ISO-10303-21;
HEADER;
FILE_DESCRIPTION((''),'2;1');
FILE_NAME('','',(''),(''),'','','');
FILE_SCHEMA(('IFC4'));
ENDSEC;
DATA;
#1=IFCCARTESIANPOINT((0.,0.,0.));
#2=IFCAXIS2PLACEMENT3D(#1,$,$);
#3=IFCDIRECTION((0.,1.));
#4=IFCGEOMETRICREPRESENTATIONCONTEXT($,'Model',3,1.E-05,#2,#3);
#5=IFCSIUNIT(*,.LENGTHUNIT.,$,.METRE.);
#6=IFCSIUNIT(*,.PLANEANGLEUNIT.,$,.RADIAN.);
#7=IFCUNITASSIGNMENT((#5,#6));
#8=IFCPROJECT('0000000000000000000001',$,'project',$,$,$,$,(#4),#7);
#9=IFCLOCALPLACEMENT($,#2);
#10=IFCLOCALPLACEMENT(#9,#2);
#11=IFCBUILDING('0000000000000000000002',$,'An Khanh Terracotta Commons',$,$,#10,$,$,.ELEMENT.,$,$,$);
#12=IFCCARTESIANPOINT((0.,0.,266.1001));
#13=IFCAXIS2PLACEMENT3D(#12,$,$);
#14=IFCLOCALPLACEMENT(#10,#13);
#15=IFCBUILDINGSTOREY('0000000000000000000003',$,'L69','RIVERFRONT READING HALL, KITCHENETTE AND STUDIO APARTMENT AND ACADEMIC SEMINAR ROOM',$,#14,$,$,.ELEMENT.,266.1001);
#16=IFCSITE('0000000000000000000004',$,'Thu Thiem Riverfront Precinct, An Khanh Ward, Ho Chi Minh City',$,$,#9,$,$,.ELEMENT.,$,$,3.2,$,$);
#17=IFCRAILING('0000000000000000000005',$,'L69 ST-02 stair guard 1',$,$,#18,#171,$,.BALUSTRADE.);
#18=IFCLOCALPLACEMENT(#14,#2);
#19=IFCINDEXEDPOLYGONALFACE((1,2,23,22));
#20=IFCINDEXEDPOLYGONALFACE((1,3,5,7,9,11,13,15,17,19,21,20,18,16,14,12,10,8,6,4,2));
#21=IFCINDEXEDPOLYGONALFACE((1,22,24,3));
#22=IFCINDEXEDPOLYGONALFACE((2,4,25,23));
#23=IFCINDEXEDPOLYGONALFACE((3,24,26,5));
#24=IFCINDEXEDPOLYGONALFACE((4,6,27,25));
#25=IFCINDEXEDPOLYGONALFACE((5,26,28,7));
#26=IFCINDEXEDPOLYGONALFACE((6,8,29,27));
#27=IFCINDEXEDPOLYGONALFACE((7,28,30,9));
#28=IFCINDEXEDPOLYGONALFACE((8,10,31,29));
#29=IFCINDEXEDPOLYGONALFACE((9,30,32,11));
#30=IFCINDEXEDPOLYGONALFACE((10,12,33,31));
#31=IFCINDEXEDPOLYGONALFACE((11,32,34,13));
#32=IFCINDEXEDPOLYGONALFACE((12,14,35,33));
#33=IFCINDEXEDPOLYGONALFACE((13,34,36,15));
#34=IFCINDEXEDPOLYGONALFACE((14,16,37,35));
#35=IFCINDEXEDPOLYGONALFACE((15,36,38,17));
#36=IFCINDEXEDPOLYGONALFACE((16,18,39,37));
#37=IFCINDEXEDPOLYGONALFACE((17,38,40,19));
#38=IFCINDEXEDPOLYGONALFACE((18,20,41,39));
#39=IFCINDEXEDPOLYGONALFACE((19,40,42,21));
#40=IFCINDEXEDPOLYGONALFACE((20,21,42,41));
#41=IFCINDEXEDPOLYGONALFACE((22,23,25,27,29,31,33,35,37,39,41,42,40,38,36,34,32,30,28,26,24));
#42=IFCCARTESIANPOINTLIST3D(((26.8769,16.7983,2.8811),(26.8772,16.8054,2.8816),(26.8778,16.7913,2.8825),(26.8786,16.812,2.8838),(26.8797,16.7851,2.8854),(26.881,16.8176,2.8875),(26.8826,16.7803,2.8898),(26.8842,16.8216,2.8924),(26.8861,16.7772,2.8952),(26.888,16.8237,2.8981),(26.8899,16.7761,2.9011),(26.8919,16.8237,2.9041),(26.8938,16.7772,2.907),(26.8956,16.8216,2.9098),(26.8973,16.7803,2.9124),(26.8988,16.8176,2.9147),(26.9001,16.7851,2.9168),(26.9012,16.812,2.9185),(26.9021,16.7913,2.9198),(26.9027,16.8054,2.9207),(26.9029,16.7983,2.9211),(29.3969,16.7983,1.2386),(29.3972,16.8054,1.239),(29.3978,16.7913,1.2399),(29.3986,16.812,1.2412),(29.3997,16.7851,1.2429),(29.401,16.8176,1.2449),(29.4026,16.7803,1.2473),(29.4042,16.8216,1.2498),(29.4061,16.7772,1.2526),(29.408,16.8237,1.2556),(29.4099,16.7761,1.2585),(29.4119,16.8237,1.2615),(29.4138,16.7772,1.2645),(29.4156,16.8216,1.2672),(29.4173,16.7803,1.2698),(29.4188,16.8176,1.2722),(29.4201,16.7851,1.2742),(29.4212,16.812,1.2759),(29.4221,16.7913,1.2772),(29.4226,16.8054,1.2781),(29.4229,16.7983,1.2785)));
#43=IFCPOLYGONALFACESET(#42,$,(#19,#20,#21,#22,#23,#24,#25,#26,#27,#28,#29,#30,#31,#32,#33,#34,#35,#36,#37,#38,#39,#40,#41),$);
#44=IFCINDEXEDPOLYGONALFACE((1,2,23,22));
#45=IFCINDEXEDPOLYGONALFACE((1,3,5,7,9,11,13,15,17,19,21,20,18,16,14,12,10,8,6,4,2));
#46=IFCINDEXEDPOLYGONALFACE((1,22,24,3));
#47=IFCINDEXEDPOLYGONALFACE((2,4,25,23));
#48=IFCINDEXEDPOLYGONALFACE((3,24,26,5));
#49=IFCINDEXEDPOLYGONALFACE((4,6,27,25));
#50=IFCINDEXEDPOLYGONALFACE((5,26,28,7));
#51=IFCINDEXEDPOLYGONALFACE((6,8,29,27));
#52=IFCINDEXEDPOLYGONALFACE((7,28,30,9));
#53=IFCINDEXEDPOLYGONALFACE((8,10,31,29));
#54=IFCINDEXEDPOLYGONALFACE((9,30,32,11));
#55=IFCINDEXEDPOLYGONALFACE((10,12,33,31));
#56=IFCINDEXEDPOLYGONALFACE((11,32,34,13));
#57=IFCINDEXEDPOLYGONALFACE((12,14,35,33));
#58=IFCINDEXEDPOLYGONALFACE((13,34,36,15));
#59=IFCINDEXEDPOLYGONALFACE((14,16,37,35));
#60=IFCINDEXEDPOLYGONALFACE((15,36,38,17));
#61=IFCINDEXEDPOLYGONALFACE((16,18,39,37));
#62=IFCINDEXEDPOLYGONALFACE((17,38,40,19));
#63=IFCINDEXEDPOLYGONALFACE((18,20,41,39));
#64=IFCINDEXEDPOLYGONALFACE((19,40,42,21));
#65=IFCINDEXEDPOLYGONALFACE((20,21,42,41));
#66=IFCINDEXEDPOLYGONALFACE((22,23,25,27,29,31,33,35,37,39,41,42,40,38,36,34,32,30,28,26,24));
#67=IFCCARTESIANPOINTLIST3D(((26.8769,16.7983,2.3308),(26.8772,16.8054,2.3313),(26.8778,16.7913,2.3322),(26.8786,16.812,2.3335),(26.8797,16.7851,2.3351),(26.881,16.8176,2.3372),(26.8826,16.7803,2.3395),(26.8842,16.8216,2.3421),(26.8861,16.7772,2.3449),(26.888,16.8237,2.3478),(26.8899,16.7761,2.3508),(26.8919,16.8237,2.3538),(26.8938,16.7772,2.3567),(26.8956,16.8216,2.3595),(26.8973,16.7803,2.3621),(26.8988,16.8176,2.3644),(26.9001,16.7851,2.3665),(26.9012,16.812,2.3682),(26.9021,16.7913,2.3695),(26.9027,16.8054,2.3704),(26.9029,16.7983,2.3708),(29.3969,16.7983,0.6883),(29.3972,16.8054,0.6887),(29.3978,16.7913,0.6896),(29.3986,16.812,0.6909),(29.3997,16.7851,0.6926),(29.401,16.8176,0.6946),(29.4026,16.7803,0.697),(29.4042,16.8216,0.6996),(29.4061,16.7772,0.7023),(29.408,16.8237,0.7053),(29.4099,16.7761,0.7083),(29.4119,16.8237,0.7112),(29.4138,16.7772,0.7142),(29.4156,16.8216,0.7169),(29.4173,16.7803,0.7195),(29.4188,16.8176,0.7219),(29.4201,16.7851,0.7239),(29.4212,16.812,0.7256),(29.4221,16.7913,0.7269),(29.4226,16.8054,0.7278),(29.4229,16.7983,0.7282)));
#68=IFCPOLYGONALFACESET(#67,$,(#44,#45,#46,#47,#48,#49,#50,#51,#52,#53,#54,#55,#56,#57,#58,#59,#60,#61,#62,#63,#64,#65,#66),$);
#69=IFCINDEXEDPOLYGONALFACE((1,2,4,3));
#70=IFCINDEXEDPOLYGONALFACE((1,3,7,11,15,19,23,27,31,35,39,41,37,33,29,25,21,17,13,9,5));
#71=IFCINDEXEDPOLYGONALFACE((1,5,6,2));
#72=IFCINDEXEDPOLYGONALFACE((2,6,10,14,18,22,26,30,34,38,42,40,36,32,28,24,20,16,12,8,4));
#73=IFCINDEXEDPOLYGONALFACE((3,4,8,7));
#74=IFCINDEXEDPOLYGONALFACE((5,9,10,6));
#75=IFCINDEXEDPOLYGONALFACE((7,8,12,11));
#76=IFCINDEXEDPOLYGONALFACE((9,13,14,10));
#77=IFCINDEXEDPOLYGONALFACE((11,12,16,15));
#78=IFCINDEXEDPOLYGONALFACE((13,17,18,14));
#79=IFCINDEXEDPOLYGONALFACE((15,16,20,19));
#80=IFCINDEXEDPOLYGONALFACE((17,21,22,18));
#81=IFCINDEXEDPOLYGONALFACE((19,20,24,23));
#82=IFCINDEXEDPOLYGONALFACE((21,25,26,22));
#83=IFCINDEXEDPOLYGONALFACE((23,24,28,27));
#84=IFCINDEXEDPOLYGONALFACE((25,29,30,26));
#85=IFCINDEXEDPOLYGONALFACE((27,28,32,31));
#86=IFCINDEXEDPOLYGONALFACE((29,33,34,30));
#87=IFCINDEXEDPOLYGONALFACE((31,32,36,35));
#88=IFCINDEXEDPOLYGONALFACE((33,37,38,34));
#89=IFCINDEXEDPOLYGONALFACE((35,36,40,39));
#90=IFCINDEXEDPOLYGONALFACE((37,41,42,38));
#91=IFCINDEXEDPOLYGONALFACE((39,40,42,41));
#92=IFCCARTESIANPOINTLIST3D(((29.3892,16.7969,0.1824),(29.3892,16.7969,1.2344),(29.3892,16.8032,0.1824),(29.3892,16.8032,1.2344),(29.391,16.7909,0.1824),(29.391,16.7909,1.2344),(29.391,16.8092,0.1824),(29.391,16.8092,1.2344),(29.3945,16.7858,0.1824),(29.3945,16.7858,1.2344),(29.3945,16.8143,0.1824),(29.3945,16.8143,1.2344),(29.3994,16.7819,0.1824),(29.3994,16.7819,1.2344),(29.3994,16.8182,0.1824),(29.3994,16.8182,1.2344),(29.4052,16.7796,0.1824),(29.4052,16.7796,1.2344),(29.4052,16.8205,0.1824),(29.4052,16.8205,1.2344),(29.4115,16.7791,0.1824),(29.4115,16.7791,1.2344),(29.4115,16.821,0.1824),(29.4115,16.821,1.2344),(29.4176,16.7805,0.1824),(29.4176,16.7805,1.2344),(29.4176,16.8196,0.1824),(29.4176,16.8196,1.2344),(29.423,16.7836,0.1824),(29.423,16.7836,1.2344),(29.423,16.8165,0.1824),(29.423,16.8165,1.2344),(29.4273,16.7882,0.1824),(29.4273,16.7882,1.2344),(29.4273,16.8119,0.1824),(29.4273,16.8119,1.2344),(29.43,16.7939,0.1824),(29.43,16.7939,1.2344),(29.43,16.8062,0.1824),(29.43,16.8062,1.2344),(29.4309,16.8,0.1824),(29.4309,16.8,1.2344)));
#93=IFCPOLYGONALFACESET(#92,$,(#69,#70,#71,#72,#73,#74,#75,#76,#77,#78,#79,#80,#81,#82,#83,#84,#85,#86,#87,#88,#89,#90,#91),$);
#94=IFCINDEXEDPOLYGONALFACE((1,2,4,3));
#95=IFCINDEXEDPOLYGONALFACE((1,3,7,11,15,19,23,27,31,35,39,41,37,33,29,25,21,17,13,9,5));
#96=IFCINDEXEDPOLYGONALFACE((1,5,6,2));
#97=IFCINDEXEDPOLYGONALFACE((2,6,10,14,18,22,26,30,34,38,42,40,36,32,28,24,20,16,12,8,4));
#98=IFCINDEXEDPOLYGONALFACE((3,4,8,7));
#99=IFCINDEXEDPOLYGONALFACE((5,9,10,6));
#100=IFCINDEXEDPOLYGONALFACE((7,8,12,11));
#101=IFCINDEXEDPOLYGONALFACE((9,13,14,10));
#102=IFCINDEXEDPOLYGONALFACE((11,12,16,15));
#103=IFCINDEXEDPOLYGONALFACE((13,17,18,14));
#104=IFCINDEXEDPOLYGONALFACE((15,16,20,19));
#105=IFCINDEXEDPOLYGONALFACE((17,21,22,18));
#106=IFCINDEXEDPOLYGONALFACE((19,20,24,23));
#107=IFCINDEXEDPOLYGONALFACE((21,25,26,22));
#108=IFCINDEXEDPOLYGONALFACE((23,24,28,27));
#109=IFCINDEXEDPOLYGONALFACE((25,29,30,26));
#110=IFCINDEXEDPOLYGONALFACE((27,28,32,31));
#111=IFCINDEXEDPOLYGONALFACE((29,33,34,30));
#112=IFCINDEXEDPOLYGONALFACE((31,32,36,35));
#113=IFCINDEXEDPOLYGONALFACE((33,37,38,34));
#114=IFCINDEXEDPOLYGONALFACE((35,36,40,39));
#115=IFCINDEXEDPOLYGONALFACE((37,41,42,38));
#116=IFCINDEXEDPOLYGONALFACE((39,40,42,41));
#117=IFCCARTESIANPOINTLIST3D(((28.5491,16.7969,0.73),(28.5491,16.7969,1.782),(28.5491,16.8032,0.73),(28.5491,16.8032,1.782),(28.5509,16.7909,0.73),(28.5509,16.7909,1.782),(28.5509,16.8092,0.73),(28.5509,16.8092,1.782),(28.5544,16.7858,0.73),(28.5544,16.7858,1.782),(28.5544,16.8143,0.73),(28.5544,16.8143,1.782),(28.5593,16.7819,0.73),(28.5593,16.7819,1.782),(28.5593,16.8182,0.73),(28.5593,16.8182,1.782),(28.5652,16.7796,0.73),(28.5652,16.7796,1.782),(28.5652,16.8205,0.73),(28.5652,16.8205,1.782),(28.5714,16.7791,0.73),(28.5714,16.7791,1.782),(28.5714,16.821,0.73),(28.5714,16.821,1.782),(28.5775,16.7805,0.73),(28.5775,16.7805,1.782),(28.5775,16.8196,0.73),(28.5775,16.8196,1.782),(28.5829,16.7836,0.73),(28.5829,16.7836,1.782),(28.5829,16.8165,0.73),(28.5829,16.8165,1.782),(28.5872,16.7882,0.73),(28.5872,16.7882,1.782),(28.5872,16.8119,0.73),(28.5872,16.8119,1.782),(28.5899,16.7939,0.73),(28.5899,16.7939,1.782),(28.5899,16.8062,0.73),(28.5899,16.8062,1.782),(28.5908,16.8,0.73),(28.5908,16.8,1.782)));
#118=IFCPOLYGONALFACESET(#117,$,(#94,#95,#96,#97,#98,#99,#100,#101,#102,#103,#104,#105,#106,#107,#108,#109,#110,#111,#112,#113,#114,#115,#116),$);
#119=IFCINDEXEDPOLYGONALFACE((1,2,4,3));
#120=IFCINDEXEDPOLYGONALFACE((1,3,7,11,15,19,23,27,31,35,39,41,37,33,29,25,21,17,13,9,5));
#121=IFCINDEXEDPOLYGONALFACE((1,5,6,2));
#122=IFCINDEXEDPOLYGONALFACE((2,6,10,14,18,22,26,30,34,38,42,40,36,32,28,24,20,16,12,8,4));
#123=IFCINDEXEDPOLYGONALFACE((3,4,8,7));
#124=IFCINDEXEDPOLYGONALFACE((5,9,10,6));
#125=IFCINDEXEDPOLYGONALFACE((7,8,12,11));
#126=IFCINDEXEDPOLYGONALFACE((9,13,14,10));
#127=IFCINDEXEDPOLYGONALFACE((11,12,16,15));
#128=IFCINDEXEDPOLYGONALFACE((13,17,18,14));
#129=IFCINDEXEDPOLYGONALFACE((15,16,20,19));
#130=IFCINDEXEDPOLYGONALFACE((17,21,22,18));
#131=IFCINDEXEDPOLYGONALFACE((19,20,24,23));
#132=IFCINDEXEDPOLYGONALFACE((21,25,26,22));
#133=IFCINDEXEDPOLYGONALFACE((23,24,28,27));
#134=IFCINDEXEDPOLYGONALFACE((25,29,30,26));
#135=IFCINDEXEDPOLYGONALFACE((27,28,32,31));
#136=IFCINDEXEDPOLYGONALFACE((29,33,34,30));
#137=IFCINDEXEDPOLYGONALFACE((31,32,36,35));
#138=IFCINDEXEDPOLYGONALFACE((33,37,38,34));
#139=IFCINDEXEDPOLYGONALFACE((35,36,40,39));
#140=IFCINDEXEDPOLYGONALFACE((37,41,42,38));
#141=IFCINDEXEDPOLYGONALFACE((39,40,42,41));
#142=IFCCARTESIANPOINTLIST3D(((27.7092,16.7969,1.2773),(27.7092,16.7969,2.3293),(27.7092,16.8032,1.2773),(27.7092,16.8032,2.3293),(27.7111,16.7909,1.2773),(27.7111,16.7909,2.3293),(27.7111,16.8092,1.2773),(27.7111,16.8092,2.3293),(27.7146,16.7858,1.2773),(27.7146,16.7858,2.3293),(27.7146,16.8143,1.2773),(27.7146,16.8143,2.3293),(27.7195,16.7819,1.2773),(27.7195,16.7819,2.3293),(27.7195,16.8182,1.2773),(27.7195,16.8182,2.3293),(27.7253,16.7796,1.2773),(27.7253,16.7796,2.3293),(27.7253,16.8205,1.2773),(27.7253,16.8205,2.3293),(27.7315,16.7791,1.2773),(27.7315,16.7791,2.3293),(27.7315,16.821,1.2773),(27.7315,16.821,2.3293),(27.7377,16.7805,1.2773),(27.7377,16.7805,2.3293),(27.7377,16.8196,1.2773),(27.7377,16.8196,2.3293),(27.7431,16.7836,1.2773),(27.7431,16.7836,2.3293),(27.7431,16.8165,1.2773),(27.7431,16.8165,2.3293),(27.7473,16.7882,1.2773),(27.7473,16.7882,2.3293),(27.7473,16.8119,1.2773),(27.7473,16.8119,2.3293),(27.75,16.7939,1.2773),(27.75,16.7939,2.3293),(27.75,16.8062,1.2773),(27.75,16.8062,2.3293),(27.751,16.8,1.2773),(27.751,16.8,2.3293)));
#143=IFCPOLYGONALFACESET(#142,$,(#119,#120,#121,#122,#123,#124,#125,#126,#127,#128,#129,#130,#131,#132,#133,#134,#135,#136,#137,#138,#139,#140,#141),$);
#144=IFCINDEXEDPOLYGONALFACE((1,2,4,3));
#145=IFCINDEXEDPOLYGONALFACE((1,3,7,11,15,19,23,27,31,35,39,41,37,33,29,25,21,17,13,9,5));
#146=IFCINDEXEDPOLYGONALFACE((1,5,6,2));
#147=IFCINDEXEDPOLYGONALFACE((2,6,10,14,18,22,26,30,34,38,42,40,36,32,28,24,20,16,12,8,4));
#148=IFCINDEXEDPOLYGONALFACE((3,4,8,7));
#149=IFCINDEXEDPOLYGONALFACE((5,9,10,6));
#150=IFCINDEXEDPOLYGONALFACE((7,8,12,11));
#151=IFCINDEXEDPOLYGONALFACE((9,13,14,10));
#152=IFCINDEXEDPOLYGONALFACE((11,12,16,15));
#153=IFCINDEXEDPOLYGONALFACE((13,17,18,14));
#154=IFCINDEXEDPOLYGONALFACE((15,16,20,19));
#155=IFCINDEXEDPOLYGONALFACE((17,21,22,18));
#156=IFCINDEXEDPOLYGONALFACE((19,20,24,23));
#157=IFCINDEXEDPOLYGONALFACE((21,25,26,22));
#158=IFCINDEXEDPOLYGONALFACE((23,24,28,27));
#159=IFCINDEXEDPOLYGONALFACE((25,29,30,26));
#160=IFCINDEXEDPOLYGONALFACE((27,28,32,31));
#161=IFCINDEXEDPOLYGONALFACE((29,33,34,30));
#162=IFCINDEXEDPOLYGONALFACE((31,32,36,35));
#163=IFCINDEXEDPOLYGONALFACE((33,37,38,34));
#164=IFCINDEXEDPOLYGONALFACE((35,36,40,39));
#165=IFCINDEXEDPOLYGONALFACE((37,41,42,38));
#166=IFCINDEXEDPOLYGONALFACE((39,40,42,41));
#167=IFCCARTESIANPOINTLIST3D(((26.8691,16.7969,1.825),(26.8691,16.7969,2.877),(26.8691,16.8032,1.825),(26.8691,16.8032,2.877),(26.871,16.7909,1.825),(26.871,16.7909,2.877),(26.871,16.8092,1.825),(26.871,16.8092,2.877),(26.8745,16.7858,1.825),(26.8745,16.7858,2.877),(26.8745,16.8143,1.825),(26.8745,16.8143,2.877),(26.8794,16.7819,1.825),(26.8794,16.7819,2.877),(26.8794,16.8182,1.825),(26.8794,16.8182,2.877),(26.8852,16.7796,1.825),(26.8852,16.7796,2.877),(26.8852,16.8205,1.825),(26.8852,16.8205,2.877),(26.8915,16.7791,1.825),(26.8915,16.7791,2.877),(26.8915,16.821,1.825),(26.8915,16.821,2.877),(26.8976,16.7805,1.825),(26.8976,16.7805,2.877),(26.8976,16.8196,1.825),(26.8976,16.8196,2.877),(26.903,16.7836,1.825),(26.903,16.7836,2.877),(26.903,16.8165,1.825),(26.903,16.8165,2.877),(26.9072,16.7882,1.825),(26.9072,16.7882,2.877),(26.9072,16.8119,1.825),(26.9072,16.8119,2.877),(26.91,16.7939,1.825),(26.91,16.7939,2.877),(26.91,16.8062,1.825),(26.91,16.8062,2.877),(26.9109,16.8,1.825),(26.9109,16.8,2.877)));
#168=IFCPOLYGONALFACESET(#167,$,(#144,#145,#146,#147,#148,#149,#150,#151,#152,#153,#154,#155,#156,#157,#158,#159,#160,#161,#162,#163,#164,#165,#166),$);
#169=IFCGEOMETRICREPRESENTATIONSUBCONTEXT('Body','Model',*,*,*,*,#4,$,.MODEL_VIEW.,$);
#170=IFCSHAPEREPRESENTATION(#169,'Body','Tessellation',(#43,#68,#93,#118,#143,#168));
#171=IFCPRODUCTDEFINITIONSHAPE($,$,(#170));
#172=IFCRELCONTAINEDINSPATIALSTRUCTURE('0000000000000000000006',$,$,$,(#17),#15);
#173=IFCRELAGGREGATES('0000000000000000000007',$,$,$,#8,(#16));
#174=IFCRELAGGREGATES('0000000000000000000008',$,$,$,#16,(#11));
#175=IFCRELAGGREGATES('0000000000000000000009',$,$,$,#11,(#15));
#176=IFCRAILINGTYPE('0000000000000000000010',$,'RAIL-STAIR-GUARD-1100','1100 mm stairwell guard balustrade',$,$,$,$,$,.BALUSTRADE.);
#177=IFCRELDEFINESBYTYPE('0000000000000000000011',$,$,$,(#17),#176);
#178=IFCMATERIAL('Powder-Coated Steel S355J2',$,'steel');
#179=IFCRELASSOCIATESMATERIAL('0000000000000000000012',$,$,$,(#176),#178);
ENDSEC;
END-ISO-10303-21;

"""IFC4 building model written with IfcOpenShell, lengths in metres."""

from ifc_helpers import new_model, si_unit, direction, frame, origin, origin_2d, place, context, subcontext, project, spatial, circle, extrude, material, type_object, element, save


model = new_model("IFC4")

# Units and contexts
model_context = context("Model", 3, precision=1e-05, world=origin(), true_north=direction((0.0, 1.0)))
body_context = subcontext(model_context, "Body", "Model", "MODEL_VIEW")
ifc_project = project(units=[si_unit("LENGTHUNIT", "METRE"), si_unit("PLANEANGLEUNIT", "RADIAN")], contexts=[model_context])

# Site, building, storey
site_placement = place(None, origin())
site = spatial("IfcSite", under=ifc_project, at=site_placement, Name="Thu Thiem Riverfront Precinct, An Khanh Ward, Ho Chi Minh City", CompositionType="ELEMENT", RefElevation=3.2)
building_placement = place(site_placement, origin())
building = spatial("IfcBuilding", under=site, at=building_placement, Name="An Khanh Terracotta Commons", CompositionType="ELEMENT")
storey_placement = place(building_placement, frame((0.0, 0.0, 266.1001)))
storey = spatial("IfcBuildingStorey", under=building, at=storey_placement, Name="L69", Description="RIVERFRONT READING HALL, KITCHENETTE AND STUDIO APARTMENT AND ACADEMIC SEMINAR ROOM", CompositionType="ELEMENT", Elevation=266.1001)

# Railing
ifc_material_1 = material(Name="Powder-Coated Steel S355J2", Category="steel")
railing_type_1 = type_object("IfcRailingType", Name="RAIL-STAIR-GUARD-1100", Description="1100 mm stairwell guard balustrade", PredefinedType="BALUSTRADE", material=ifc_material_1)
railing_1_placement = place(storey_placement, frame((29.4099, 16.8, 0.1824)))
element("IfcRailing", 1, at=railing_1_placement, inside=storey, type_object=railing_type_1, Name="L69 ST-02 stair guard 1", PredefinedType="BALUSTRADE", context=body_context, shape_type="SweptSolid", body=[
    extrude(circle(Radius=0.0239, at=origin_2d()), frame((0.0, 0.0, 1.0762), z_axis=(-0.837749, 0.0, 0.546055), x_axis=(0.0, -1.0, 0.0)), (0.0, 0.0, 1.0), 3.0081),
    extrude(circle(Radius=0.0239, at=origin_2d()), frame((0.0, 0.0, 0.5259), z_axis=(-0.837749, 0.0, 0.546055), x_axis=(0.0, -1.0, 0.0)), (0.0, 0.0, 1.0), 3.0081),
    extrude(circle(Radius=0.021, at=origin_2d()), origin(), (0.0, 0.0, 1.0), 1.052),
    extrude(circle(Radius=0.021, at=origin_2d()), frame((-0.8401, 0.0, 0.5476)), (0.0, 0.0, 1.0), 1.052),
    extrude(circle(Radius=0.021, at=origin_2d()), frame((-1.6799, 0.0, 1.095)), (0.0, 0.0, 1.0), 1.052),
    extrude(circle(Radius=0.021, at=origin_2d()), frame((-2.52, 0.0, 1.6426)), (0.0, 0.0, 1.0), 1.052),
])

save(model, "model.ifc")
